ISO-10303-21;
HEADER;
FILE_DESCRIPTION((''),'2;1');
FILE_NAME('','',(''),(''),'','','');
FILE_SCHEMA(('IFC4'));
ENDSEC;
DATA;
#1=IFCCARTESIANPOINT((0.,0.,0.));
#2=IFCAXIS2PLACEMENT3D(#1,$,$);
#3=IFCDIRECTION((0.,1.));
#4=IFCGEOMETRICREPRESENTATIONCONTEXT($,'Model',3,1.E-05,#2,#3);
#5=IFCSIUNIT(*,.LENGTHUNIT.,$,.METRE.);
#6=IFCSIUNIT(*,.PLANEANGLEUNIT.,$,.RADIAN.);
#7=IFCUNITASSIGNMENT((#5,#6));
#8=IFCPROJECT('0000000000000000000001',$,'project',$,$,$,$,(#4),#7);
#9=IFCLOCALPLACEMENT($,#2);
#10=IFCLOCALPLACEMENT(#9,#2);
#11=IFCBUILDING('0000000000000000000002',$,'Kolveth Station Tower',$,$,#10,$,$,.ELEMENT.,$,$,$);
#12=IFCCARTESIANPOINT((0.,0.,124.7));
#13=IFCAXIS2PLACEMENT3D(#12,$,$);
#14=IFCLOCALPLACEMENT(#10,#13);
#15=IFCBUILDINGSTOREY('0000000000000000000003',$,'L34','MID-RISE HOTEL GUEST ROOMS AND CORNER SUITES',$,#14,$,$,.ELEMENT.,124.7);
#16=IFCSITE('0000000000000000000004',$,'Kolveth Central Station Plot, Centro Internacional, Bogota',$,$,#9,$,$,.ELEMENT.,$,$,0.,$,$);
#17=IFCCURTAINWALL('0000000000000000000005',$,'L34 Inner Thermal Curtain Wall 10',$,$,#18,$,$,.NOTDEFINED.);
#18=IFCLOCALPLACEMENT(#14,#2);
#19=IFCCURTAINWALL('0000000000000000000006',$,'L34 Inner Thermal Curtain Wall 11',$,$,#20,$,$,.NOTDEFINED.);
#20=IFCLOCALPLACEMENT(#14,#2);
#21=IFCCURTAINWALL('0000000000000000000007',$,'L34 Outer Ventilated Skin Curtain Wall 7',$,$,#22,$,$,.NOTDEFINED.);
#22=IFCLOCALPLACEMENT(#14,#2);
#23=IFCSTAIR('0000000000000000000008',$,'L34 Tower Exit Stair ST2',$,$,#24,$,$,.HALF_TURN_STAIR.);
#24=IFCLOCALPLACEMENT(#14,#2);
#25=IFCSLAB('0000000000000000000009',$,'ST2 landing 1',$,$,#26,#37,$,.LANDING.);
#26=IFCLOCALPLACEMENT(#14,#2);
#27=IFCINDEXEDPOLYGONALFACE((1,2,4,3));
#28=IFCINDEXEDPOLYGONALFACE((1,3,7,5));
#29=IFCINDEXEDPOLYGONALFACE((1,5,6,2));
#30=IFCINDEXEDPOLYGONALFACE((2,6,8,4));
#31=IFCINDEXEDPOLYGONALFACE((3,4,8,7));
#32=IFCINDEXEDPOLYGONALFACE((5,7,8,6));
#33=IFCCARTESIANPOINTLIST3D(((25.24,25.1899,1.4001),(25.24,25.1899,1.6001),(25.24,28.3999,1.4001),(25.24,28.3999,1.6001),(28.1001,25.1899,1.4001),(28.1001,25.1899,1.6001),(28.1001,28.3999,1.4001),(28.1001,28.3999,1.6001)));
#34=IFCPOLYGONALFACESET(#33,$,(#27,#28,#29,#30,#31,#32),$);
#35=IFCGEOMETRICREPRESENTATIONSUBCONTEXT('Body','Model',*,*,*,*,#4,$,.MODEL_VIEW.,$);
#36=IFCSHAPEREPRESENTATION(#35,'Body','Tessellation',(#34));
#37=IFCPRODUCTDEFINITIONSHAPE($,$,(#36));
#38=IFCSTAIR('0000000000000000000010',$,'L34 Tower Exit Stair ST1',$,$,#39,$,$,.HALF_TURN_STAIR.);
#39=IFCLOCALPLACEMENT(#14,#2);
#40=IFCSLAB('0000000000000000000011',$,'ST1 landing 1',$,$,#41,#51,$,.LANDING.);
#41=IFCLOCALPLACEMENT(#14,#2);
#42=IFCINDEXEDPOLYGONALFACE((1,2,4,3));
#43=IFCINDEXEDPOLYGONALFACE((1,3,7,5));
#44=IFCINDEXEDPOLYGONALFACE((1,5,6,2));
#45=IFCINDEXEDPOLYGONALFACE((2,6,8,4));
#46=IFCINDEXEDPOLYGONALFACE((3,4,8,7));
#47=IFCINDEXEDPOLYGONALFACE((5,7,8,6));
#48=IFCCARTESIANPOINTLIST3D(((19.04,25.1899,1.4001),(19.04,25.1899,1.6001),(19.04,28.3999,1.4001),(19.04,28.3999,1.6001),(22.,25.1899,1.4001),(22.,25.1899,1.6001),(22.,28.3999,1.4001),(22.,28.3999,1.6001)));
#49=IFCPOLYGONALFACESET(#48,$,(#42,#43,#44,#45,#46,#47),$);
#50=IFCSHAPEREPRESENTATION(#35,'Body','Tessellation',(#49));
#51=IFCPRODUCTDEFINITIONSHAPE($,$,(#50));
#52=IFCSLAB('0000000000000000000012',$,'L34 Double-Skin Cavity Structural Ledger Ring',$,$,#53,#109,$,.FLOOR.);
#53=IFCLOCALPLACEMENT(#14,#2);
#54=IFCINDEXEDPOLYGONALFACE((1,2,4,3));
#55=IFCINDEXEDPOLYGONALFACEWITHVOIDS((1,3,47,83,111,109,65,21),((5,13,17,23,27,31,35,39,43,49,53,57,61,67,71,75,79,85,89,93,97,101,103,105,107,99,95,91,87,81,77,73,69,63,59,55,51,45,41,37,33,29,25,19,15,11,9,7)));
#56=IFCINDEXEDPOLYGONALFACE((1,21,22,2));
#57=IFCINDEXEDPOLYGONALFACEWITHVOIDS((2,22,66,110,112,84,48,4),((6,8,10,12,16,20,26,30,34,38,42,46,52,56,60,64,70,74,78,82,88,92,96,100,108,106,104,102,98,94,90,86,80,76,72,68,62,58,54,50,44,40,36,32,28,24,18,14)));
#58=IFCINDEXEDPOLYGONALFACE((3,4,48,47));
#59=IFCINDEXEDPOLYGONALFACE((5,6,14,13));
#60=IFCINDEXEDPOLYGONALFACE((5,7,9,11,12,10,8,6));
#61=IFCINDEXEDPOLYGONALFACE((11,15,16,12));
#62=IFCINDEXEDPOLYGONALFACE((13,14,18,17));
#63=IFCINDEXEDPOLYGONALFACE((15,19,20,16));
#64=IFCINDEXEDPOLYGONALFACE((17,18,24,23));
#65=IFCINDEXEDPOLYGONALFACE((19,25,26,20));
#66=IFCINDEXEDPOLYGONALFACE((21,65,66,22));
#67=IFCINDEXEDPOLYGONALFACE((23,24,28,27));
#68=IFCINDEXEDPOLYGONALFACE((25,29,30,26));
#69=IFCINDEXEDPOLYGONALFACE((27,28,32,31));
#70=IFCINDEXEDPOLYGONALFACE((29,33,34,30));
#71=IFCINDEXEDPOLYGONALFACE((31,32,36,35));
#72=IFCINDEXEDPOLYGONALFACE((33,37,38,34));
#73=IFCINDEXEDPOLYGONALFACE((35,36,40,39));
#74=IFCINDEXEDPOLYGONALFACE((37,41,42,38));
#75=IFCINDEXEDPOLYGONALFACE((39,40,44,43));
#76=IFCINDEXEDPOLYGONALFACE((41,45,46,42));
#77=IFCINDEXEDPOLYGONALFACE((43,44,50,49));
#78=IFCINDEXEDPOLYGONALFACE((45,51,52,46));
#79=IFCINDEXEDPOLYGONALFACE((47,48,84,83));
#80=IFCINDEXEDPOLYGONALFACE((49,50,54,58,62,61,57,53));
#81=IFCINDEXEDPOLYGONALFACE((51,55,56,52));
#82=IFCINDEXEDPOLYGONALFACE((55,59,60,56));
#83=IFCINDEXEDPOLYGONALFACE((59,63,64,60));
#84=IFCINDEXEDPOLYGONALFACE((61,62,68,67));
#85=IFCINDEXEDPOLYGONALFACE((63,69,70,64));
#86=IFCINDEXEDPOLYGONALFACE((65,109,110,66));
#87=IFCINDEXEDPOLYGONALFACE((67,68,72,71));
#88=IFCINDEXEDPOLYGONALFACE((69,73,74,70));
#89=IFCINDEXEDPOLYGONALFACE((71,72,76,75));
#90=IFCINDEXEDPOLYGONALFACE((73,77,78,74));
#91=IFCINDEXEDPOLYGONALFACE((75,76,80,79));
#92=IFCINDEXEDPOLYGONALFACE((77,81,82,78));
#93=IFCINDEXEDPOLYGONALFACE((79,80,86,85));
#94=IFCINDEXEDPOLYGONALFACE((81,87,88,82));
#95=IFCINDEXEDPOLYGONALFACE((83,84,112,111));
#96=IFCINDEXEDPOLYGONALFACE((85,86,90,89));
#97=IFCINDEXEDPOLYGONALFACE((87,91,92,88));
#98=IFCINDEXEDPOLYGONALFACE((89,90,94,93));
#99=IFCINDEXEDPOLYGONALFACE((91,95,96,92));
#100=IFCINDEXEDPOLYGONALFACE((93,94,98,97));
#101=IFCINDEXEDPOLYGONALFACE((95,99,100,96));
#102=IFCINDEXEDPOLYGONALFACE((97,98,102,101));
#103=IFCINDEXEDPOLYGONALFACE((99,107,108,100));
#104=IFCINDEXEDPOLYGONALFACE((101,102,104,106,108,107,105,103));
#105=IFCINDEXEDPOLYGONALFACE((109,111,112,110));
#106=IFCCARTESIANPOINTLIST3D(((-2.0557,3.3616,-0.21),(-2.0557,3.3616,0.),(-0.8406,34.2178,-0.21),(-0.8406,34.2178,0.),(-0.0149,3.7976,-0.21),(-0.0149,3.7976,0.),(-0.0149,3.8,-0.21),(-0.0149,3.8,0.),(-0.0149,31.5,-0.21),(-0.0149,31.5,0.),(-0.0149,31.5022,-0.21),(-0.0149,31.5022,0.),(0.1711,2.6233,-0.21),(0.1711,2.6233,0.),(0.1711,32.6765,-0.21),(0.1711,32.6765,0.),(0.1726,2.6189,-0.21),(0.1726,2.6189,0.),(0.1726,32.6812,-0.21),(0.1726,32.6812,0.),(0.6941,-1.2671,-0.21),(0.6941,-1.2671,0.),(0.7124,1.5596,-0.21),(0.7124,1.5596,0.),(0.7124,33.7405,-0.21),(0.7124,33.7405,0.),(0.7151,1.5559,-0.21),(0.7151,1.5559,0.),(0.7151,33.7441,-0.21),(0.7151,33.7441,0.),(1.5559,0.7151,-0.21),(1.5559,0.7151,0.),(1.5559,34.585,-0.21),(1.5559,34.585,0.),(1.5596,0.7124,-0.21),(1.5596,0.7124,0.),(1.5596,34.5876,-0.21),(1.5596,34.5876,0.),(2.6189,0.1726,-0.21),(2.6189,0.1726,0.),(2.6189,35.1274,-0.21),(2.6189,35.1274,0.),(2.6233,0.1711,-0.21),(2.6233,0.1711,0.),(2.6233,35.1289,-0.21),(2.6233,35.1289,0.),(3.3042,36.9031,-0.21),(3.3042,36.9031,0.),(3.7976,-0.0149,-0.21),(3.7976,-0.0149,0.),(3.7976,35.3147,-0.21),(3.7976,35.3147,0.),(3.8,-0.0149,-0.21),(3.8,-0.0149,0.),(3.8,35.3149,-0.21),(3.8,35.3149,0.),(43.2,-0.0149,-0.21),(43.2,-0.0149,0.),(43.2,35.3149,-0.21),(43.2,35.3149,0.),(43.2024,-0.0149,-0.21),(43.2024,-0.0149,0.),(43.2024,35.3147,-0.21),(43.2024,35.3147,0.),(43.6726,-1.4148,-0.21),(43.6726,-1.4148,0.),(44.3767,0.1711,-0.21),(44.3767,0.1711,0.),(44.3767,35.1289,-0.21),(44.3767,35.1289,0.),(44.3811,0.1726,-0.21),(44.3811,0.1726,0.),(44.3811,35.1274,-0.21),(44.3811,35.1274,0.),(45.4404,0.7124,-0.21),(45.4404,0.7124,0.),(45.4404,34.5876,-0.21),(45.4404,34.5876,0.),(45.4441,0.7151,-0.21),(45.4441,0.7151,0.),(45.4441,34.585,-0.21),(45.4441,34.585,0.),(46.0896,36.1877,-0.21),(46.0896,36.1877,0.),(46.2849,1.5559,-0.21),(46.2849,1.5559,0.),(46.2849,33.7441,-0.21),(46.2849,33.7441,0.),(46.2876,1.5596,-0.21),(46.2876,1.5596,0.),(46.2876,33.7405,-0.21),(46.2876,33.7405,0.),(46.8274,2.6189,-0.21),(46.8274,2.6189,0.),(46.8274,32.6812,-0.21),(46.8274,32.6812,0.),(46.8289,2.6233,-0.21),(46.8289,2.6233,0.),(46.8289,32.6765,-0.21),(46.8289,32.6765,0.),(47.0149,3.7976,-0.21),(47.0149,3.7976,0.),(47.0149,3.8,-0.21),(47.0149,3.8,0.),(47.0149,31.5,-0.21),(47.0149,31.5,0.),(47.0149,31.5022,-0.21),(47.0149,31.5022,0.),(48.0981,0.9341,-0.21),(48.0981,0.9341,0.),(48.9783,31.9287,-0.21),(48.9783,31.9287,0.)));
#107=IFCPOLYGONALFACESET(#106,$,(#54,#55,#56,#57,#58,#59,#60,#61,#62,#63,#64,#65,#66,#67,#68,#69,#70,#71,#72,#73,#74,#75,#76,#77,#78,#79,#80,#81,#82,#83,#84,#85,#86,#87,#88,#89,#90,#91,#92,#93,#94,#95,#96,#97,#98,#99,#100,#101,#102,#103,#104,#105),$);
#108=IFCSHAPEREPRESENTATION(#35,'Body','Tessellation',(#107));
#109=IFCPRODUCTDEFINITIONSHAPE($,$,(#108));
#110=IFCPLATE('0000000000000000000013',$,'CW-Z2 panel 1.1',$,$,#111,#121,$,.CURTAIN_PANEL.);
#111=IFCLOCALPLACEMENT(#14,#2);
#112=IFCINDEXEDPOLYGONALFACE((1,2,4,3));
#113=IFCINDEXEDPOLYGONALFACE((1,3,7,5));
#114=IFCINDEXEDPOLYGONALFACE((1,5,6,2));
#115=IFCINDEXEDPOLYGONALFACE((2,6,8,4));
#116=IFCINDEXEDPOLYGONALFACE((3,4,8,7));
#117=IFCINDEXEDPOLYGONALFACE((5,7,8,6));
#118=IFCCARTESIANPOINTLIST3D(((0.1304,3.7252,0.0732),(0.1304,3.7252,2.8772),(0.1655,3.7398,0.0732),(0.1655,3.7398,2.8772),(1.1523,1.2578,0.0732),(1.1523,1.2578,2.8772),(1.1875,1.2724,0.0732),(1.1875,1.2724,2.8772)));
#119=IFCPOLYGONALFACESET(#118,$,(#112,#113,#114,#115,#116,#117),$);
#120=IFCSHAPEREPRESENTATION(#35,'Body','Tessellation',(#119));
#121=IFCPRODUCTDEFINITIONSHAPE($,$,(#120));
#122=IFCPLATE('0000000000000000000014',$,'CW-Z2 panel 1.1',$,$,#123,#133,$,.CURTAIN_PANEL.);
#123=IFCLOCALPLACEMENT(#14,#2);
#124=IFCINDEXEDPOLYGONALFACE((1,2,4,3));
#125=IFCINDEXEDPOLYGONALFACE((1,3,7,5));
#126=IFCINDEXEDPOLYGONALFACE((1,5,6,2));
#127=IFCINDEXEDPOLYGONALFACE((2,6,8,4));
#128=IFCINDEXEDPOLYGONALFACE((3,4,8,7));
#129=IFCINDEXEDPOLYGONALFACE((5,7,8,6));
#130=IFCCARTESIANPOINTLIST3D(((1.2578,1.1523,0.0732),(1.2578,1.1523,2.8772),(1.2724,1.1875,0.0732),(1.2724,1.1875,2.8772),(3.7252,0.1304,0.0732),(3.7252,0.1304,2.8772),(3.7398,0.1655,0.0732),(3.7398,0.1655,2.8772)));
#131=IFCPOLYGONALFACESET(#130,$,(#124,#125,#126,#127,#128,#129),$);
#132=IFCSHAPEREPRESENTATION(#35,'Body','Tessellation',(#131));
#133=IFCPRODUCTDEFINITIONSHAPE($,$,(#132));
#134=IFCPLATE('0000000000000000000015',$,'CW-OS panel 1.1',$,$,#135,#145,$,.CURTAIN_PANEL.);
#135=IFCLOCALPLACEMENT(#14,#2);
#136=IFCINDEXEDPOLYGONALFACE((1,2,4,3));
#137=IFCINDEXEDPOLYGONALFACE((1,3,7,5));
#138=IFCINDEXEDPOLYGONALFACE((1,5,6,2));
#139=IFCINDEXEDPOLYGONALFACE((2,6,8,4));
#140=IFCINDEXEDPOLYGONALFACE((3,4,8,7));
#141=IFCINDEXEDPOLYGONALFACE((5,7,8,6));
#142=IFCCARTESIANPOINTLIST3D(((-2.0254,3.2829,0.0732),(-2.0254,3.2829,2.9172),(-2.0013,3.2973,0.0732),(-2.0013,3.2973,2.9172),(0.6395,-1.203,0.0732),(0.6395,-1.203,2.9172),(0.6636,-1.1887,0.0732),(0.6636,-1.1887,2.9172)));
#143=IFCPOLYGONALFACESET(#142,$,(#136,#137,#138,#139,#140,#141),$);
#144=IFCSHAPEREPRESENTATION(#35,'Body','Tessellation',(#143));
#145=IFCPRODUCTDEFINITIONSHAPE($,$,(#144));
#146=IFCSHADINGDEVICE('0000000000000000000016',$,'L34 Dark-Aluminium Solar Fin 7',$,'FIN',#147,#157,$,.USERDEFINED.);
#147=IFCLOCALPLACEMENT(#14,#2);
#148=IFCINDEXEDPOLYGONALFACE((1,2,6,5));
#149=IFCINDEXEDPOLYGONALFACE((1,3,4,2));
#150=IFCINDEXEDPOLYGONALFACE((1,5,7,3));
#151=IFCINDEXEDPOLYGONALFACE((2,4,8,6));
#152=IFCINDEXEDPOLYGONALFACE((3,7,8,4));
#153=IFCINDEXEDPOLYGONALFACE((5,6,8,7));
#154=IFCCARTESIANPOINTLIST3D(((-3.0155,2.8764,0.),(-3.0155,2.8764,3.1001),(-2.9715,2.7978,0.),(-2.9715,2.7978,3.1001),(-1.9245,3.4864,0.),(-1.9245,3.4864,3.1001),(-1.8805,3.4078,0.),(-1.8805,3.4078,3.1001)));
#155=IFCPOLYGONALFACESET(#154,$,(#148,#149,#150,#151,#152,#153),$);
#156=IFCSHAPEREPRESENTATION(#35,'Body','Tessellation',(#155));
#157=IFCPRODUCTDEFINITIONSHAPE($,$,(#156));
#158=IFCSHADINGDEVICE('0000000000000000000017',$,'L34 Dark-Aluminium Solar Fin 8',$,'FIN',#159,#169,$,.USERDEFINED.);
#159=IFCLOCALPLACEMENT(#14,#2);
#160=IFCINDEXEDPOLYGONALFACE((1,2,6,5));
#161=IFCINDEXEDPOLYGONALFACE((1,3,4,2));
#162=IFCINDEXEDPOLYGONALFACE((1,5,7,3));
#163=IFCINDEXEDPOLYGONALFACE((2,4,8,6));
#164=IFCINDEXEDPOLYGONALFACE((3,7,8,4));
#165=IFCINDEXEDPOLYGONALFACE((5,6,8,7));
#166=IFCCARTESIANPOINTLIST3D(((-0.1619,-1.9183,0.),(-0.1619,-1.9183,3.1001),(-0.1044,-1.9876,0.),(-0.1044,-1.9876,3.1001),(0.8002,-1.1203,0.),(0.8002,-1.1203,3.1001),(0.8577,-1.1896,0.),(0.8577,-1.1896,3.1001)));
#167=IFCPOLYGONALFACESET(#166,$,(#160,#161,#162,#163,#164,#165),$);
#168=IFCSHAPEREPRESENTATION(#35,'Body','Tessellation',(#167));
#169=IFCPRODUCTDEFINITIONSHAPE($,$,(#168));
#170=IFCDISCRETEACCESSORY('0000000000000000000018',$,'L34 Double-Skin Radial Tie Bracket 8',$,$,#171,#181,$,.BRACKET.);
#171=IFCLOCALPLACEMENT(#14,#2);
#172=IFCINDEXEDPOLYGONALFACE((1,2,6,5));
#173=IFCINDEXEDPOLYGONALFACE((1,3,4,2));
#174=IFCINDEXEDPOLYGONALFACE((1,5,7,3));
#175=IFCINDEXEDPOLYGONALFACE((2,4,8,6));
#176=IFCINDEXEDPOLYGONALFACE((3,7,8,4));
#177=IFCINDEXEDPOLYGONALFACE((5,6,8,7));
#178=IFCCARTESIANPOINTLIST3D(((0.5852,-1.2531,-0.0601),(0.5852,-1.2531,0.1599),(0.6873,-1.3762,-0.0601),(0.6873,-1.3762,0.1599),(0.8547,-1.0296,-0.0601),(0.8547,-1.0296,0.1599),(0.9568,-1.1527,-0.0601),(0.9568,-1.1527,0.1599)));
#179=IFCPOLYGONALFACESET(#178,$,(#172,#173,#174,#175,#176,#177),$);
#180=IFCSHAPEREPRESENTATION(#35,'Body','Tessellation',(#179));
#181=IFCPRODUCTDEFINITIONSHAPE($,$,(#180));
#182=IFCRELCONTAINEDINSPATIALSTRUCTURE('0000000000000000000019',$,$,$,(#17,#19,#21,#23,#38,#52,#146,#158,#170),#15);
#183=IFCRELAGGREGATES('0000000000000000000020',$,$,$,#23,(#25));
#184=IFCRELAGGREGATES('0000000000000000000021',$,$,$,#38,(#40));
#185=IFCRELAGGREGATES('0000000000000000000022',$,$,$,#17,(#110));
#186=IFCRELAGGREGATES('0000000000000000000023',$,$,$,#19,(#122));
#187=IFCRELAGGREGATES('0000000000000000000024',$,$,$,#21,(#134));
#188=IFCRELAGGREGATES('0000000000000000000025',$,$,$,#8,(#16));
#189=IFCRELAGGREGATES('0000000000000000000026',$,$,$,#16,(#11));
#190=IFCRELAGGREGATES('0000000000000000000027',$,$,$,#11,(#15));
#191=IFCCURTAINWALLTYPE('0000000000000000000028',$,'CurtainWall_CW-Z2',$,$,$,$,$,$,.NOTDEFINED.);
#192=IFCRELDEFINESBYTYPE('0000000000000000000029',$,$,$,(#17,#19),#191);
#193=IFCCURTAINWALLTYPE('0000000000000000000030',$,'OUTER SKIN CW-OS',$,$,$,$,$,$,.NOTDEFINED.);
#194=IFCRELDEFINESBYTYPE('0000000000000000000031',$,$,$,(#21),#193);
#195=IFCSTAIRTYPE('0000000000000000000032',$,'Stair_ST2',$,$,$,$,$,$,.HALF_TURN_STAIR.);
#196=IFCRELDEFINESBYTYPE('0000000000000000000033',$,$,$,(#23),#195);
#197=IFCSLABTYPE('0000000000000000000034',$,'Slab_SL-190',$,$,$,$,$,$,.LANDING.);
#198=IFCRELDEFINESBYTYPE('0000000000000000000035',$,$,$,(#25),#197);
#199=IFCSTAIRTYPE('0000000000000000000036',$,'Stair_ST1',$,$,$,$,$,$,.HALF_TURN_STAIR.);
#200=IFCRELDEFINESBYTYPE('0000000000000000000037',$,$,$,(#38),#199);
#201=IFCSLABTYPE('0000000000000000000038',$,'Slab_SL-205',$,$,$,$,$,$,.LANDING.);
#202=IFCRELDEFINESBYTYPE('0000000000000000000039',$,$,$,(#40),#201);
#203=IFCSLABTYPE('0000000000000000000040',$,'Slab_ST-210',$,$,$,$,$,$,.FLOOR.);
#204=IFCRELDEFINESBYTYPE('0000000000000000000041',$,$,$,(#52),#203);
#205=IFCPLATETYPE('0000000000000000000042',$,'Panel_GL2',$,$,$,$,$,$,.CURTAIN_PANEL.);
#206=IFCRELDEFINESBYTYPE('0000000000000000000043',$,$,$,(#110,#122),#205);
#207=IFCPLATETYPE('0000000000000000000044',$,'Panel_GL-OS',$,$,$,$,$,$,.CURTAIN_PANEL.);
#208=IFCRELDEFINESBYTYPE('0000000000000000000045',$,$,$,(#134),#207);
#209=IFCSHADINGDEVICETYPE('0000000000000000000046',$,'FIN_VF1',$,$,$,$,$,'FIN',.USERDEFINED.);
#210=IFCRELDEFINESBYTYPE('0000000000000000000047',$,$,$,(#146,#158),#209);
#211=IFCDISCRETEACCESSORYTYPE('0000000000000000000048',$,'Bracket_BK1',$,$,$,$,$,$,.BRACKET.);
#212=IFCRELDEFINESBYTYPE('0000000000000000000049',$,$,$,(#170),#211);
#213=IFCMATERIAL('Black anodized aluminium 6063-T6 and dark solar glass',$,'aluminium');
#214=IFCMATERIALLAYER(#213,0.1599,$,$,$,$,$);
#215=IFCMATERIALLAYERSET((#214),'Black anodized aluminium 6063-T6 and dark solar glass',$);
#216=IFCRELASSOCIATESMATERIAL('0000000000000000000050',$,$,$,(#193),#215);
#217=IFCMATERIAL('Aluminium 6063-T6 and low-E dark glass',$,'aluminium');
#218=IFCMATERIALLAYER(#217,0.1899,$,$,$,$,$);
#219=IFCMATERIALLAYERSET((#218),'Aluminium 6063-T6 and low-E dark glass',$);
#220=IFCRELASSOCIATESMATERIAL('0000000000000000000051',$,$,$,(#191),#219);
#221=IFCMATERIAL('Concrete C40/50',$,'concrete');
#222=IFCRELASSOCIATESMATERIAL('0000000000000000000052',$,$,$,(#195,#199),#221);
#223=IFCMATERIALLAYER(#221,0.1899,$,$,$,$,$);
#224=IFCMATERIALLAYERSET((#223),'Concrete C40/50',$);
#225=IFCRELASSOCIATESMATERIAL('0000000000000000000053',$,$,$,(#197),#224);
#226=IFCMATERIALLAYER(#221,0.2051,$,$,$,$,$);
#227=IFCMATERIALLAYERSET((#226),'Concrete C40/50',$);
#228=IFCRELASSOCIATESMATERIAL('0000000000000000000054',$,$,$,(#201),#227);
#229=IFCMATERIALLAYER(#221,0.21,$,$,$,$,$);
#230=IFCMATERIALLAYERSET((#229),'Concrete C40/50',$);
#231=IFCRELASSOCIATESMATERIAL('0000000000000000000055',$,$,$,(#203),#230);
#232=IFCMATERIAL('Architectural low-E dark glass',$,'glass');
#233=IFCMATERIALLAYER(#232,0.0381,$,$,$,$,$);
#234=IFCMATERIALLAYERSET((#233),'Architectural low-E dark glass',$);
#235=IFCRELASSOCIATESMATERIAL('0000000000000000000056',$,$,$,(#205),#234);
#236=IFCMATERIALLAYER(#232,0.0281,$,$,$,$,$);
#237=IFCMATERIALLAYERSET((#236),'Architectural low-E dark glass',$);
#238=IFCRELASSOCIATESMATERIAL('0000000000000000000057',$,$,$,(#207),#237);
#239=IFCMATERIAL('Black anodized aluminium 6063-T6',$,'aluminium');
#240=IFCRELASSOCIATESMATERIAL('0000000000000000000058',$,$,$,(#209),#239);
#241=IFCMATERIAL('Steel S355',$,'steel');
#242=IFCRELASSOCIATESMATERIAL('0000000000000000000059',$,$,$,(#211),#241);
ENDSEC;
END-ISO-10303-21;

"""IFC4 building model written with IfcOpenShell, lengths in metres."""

from ifc_helpers import new_model, si_unit, direction, frame, origin, origin_2d, place, context, subcontext, project, spatial, polyline, rectangle, outline, extrude, source, transform, mapped, material, layer, layer_set, type_object, element, aggregate, save


model = new_model("IFC4")

# Units and contexts
model_context = context("Model", 3, precision=1e-05, world=origin(), true_north=direction((0.0, 1.0)))
body_context = subcontext(model_context, "Body", "Model", "MODEL_VIEW")
ifc_project = project(units=[si_unit("LENGTHUNIT", "METRE"), si_unit("PLANEANGLEUNIT", "RADIAN")], contexts=[model_context])

# Site, building, storey
site_placement = place(None, origin())
site = spatial("IfcSite", under=ifc_project, at=site_placement, Name="Kolveth Central Station Plot, Centro Internacional, Bogota", CompositionType="ELEMENT", RefElevation=0.0)
building_placement = place(site_placement, origin())
building = spatial("IfcBuilding", under=site, at=building_placement, Name="Kolveth Station Tower", CompositionType="ELEMENT")
storey_placement = place(building_placement, frame((0.0, 0.0, 124.7)))
storey = spatial("IfcBuildingStorey", under=building, at=storey_placement, Name="L34", Description="MID-RISE HOTEL GUEST ROOMS AND CORNER SUITES", CompositionType="ELEMENT", Elevation=124.7)

# Shared definitions
ifc_material_1 = material(Name="Black anodized aluminium 6063-T6 and dark solar glass", Category="aluminium")
ifc_layer_1 = layer(ifc_material_1, 0.1599)
ifc_layer_set_1 = layer_set([ifc_layer_1], Name="Black anodized aluminium 6063-T6 and dark solar glass")
curtain_wall_type_1 = type_object("IfcCurtainWallType", Name="OUTER SKIN CW-OS", PredefinedType="NOTDEFINED", material=ifc_layer_set_1)
ifc_material_2 = material(Name="Black anodized aluminium 6063-T6", Category="aluminium")

# Curtain wall
ifc_material_3 = material(Name="Aluminium 6063-T6 and low-E dark glass", Category="aluminium")
ifc_layer_2 = layer(ifc_material_3, 0.1899)
ifc_layer_set_2 = layer_set([ifc_layer_2], Name="Aluminium 6063-T6 and low-E dark glass")
curtain_wall_type_2 = type_object("IfcCurtainWallType", Name="CurtainWall_CW-Z2", PredefinedType="NOTDEFINED", material=ifc_layer_set_2)
curtain_wall_1_placement = place(storey_placement, origin())
curtain_wall_1 = element("IfcCurtainWall", 1, at=curtain_wall_1_placement, inside=storey, type_object=curtain_wall_type_2, Name="L34 Inner Thermal Curtain Wall 10", PredefinedType="NOTDEFINED")

# Curtain wall
curtain_wall_2_placement = place(storey_placement, origin())
curtain_wall_2 = element("IfcCurtainWall", 2, at=curtain_wall_2_placement, inside=storey, type_object=curtain_wall_type_2, Name="L34 Inner Thermal Curtain Wall 11", PredefinedType="NOTDEFINED")

# Curtain wall
curtain_wall_3_placement = place(storey_placement, origin())
curtain_wall_3 = element("IfcCurtainWall", 3, at=curtain_wall_3_placement, inside=storey, type_object=curtain_wall_type_1, Name="L34 Outer Ventilated Skin Curtain Wall 7", PredefinedType="NOTDEFINED")

# Shared definitions
ifc_material_4 = material(Name="Concrete C40/50", Category="concrete")

# Stairs, slabs
stair_type_1 = type_object("IfcStairType", Name="Stair_ST2", PredefinedType="HALF_TURN_STAIR", material=ifc_material_4)
stair_1_placement = place(storey_placement, origin())
stair_1 = element("IfcStair", 4, at=stair_1_placement, inside=storey, type_object=stair_type_1, Name="L34 Tower Exit Stair ST2", PredefinedType="HALF_TURN_STAIR")
ifc_layer_3 = layer(ifc_material_4, 0.1899)
ifc_layer_set_3 = layer_set([ifc_layer_3], Name="Concrete C40/50")
slab_type_1 = type_object("IfcSlabType", Name="Slab_SL-190", PredefinedType="LANDING", material=ifc_layer_set_3)
slab_1_placement = place(storey_placement, frame((0.0, 0.0, 1.4001)))
slab_1 = element("IfcSlab", 5, at=slab_1_placement, type_object=slab_type_1, Name="ST2 landing 1", PredefinedType="LANDING", context=body_context, shape_type="SweptSolid", body=[
    extrude(outline(polyline([(28.1001, 25.1899), (28.1001, 28.3999), (25.24, 28.3999), (25.24, 25.1899), (28.1001, 25.1899)])), origin(), (0.0, 0.0, 1.0), 0.2),
])
aggregate(stair_1, [slab_1])
stair_type_2 = type_object("IfcStairType", Name="Stair_ST1", PredefinedType="HALF_TURN_STAIR", material=ifc_material_4)
stair_2_placement = place(storey_placement, origin())
stair_2 = element("IfcStair", 6, at=stair_2_placement, inside=storey, type_object=stair_type_2, Name="L34 Tower Exit Stair ST1", PredefinedType="HALF_TURN_STAIR")
ifc_layer_4 = layer(ifc_material_4, 0.2051)
ifc_layer_set_4 = layer_set([ifc_layer_4], Name="Concrete C40/50")
slab_type_2 = type_object("IfcSlabType", Name="Slab_SL-205", PredefinedType="LANDING", material=ifc_layer_set_4)
slab_2_placement = place(storey_placement, frame((0.0, 0.0, 1.4001)))
slab_2 = element("IfcSlab", 7, at=slab_2_placement, type_object=slab_type_2, Name="ST1 landing 1", PredefinedType="LANDING", context=body_context, shape_type="SweptSolid", body=[
    extrude(outline(polyline([(22.0, 25.1899), (22.0, 28.3999), (19.04, 28.3999), (19.04, 25.1899), (22.0, 25.1899)])), origin(), (0.0, 0.0, 1.0), 0.2),
])
aggregate(stair_2, [slab_2])

# Slab
ifc_layer_5 = layer(ifc_material_4, 0.21)
ifc_layer_set_5 = layer_set([ifc_layer_5], Name="Concrete C40/50")
slab_type_3 = type_object("IfcSlabType", Name="Slab_ST-210", PredefinedType="FLOOR", material=ifc_layer_set_5)
slab_3_placement = place(storey_placement, frame((0.0, 0.0, -0.21)))
element("IfcSlab", 8, at=slab_3_placement, inside=storey, type_object=slab_type_3, Name="L34 Double-Skin Cavity Structural Ledger Ring", PredefinedType="FLOOR", context=body_context, shape_type="SweptSolid", body=[
    extrude(outline(polyline([(0.6941, -1.2671), (-2.0557, 3.3616), (-0.8406, 34.2178), (3.3042, 36.9031), (46.0896, 36.1877), (48.9783, 31.9287), (48.0981, 0.9341), (43.6726, -1.4148), (0.6941, -1.2671)]), holes=[polyline([(43.2024, -0.0149), (44.3767, 0.1711), (44.3811, 0.1726), (45.4404, 0.7124), (45.4441, 0.7151), (46.2849, 1.5559), (46.2876, 1.5596), (46.8274, 2.6189), (46.8289, 2.6233), (47.0149, 3.7976), (47.0149, 3.8), (47.0149, 31.5), (47.0149, 31.5022), (46.8289, 32.6765), (46.8274, 32.6812), (46.2876, 33.7405), (46.2849, 33.7441), (45.4441, 34.585), (45.4404, 34.5876), (44.3811, 35.1274), (44.3767, 35.1289), (43.2024, 35.3147), (43.2, 35.3149), (3.8, 35.3149), (3.7976, 35.3147), (2.6233, 35.1289), (2.6189, 35.1274), (1.5596, 34.5876), (1.5559, 34.585), (0.7151, 33.7441), (0.7124, 33.7405), (0.1726, 32.6812), (0.1711, 32.6765), (-0.0149, 31.5022), (-0.0149, 31.5), (-0.0149, 3.8), (-0.0149, 3.7976), (0.1711, 2.6233), (0.1726, 2.6189), (0.7124, 1.5596), (0.7151, 1.5559), (1.5559, 0.7151), (1.5596, 0.7124), (2.6189, 0.1726), (2.6233, 0.1711), (3.7976, -0.0149), (3.8, -0.0149), (43.2, -0.0149), (43.2024, -0.0149)])]), origin(), (0.0, 0.0, 1.0), 0.21),
])

# Plates
ifc_material_5 = material(Name="Architectural low-E dark glass", Category="glass")
ifc_layer_6 = layer(ifc_material_5, 0.0381)
ifc_layer_set_6 = layer_set([ifc_layer_6], Name="Architectural low-E dark glass")
plate_type_1 = type_object("IfcPlateType", Name="Panel_GL2", PredefinedType="CURTAIN_PANEL", material=ifc_layer_set_6)
shared_shape_1 = source(origin(), body_context, "Body", "SweptSolid", [
    extrude(rectangle(XDim=2.6707, YDim=0.0381, at=origin_2d()), origin(), (0.0, 0.0, 1.0), 2.804),
])
plate_1_placement = place(storey_placement, frame((0.6589, 2.4988, 0.0732), z_axis=(0.0, 0.0, 1.0), x_axis=(0.382663, -0.923888, 0.0)))
plate_1 = element("IfcPlate", 9, at=plate_1_placement, type_object=plate_type_1, Name="CW-Z2 panel 1.1", PredefinedType="CURTAIN_PANEL", context=body_context, shape_type="MappedRepresentation", body=[
    mapped(shared_shape_1, transform((0.0, 0.0, 0.0), x_axis=(1.0, 0.0, 0.0), y_axis=(0.0, 1.0, 0.0), z_axis=(0.0, 0.0, 1.0), scale=1.0)),
])
aggregate(curtain_wall_1, [plate_1])
plate_2_placement = place(storey_placement, frame((2.4988, 0.6589, 0.0732), z_axis=(0.0, 0.0, 1.0), x_axis=(0.923888, -0.382663, 0.0)))
plate_2 = element("IfcPlate", 10, at=plate_2_placement, type_object=plate_type_1, Name="CW-Z2 panel 1.1", PredefinedType="CURTAIN_PANEL", context=body_context, shape_type="MappedRepresentation", body=[
    mapped(shared_shape_1, transform((0.0, 0.0, 0.0), x_axis=(1.0, 0.0, 0.0), y_axis=(0.0, 1.0, 0.0), z_axis=(0.0, 0.0, 1.0), scale=1.0)),
])
aggregate(curtain_wall_2, [plate_2])
ifc_layer_7 = layer(ifc_material_5, 0.0281)
ifc_layer_set_7 = layer_set([ifc_layer_7], Name="Architectural low-E dark glass")
plate_type_2 = type_object("IfcPlateType", Name="Panel_GL-OS", PredefinedType="CURTAIN_PANEL", material=ifc_layer_set_7)
shared_shape_2 = source(origin(), body_context, "Body", "SweptSolid", [
    extrude(rectangle(XDim=5.2178, YDim=0.0281, at=origin_2d()), origin(), (0.0, 0.0, 1.0), 2.844),
])
plate_3_placement = place(storey_placement, frame((-0.6809, 1.0471, 0.0732), z_axis=(0.0, 0.0, 1.0), x_axis=(0.510727, -0.859743, 0.0)))
plate_3 = element("IfcPlate", 11, at=plate_3_placement, type_object=plate_type_2, Name="CW-OS panel 1.1", PredefinedType="CURTAIN_PANEL", context=body_context, shape_type="MappedRepresentation", body=[
    mapped(shared_shape_2, transform((0.0, 0.0, 0.0), x_axis=(1.0, 0.0, 0.0), y_axis=(0.0, 1.0, 0.0), z_axis=(0.0, 0.0, 1.0), scale=1.0)),
])
aggregate(curtain_wall_3, [plate_3])

# Shading devices
shading_device_type = type_object("IfcShadingDeviceType", Name="FIN_VF1", ElementType="FIN", PredefinedType="USERDEFINED", material=ifc_material_2)
shared_shape_3 = source(origin(), body_context, "Body", "SweptSolid", [
    extrude(rectangle(XDim=1.25, YDim=0.0901, at=origin_2d()), origin(), (0.0, 0.0, 1.0), 3.1001),
])
for number, where, z_axis, x_axis, name in (
    (12, (-2.448, 3.1421, 0.0), (0.0, 0.0, 1.0), (-0.872837, -0.488012, 0.0), "L34 Dark-Aluminium Solar Fin 7"),
    (13, (0.3479, -1.554, 0.0), (0.0, 0.0, 1.0), (-0.769734, -0.638365, 0.0), "L34 Dark-Aluminium Solar Fin 8"),
):
    element("IfcShadingDevice", number, at=place(storey_placement, frame(where, z_axis=z_axis, x_axis=x_axis)), inside=storey, type_object=shading_device_type, Name=name, ObjectType="FIN", PredefinedType="USERDEFINED", context=body_context, shape_type="MappedRepresentation", body=[
        mapped(shared_shape_3, transform((0.0, 0.0, 0.0), x_axis=(1.0, 0.0, 0.0), y_axis=(0.0, 1.0, 0.0), z_axis=(0.0, 0.0, 1.0), scale=1.0)),
    ])

# Discrete accessory
ifc_material_6 = material(Name="Steel S355", Category="steel")
discrete_accessory_type = type_object("IfcDiscreteAccessoryType", Name="Bracket_BK1", PredefinedType="BRACKET", material=ifc_material_6)
shared_shape_4 = source(origin(), body_context, "Body", "SweptSolid", [
    extrude(rectangle(XDim=0.3501, YDim=0.1599, at=origin_2d()), origin(), (0.0, 0.0, 1.0), 0.22),
])
discrete_accessory_placement = place(storey_placement, frame((0.771, -1.2029, -0.0601), z_axis=(0.0, 0.0, 1.0), x_axis=(-0.769734, -0.638365, 0.0)))
element("IfcDiscreteAccessory", 14, at=discrete_accessory_placement, inside=storey, type_object=discrete_accessory_type, Name="L34 Double-Skin Radial Tie Bracket 8", PredefinedType="BRACKET", context=body_context, shape_type="MappedRepresentation", body=[
    mapped(shared_shape_4, transform((0.0, 0.0, 0.0), x_axis=(1.0, 0.0, 0.0), y_axis=(0.0, 1.0, 0.0), z_axis=(0.0, 0.0, 1.0), scale=1.0)),
])

save(model, "model.ifc")
